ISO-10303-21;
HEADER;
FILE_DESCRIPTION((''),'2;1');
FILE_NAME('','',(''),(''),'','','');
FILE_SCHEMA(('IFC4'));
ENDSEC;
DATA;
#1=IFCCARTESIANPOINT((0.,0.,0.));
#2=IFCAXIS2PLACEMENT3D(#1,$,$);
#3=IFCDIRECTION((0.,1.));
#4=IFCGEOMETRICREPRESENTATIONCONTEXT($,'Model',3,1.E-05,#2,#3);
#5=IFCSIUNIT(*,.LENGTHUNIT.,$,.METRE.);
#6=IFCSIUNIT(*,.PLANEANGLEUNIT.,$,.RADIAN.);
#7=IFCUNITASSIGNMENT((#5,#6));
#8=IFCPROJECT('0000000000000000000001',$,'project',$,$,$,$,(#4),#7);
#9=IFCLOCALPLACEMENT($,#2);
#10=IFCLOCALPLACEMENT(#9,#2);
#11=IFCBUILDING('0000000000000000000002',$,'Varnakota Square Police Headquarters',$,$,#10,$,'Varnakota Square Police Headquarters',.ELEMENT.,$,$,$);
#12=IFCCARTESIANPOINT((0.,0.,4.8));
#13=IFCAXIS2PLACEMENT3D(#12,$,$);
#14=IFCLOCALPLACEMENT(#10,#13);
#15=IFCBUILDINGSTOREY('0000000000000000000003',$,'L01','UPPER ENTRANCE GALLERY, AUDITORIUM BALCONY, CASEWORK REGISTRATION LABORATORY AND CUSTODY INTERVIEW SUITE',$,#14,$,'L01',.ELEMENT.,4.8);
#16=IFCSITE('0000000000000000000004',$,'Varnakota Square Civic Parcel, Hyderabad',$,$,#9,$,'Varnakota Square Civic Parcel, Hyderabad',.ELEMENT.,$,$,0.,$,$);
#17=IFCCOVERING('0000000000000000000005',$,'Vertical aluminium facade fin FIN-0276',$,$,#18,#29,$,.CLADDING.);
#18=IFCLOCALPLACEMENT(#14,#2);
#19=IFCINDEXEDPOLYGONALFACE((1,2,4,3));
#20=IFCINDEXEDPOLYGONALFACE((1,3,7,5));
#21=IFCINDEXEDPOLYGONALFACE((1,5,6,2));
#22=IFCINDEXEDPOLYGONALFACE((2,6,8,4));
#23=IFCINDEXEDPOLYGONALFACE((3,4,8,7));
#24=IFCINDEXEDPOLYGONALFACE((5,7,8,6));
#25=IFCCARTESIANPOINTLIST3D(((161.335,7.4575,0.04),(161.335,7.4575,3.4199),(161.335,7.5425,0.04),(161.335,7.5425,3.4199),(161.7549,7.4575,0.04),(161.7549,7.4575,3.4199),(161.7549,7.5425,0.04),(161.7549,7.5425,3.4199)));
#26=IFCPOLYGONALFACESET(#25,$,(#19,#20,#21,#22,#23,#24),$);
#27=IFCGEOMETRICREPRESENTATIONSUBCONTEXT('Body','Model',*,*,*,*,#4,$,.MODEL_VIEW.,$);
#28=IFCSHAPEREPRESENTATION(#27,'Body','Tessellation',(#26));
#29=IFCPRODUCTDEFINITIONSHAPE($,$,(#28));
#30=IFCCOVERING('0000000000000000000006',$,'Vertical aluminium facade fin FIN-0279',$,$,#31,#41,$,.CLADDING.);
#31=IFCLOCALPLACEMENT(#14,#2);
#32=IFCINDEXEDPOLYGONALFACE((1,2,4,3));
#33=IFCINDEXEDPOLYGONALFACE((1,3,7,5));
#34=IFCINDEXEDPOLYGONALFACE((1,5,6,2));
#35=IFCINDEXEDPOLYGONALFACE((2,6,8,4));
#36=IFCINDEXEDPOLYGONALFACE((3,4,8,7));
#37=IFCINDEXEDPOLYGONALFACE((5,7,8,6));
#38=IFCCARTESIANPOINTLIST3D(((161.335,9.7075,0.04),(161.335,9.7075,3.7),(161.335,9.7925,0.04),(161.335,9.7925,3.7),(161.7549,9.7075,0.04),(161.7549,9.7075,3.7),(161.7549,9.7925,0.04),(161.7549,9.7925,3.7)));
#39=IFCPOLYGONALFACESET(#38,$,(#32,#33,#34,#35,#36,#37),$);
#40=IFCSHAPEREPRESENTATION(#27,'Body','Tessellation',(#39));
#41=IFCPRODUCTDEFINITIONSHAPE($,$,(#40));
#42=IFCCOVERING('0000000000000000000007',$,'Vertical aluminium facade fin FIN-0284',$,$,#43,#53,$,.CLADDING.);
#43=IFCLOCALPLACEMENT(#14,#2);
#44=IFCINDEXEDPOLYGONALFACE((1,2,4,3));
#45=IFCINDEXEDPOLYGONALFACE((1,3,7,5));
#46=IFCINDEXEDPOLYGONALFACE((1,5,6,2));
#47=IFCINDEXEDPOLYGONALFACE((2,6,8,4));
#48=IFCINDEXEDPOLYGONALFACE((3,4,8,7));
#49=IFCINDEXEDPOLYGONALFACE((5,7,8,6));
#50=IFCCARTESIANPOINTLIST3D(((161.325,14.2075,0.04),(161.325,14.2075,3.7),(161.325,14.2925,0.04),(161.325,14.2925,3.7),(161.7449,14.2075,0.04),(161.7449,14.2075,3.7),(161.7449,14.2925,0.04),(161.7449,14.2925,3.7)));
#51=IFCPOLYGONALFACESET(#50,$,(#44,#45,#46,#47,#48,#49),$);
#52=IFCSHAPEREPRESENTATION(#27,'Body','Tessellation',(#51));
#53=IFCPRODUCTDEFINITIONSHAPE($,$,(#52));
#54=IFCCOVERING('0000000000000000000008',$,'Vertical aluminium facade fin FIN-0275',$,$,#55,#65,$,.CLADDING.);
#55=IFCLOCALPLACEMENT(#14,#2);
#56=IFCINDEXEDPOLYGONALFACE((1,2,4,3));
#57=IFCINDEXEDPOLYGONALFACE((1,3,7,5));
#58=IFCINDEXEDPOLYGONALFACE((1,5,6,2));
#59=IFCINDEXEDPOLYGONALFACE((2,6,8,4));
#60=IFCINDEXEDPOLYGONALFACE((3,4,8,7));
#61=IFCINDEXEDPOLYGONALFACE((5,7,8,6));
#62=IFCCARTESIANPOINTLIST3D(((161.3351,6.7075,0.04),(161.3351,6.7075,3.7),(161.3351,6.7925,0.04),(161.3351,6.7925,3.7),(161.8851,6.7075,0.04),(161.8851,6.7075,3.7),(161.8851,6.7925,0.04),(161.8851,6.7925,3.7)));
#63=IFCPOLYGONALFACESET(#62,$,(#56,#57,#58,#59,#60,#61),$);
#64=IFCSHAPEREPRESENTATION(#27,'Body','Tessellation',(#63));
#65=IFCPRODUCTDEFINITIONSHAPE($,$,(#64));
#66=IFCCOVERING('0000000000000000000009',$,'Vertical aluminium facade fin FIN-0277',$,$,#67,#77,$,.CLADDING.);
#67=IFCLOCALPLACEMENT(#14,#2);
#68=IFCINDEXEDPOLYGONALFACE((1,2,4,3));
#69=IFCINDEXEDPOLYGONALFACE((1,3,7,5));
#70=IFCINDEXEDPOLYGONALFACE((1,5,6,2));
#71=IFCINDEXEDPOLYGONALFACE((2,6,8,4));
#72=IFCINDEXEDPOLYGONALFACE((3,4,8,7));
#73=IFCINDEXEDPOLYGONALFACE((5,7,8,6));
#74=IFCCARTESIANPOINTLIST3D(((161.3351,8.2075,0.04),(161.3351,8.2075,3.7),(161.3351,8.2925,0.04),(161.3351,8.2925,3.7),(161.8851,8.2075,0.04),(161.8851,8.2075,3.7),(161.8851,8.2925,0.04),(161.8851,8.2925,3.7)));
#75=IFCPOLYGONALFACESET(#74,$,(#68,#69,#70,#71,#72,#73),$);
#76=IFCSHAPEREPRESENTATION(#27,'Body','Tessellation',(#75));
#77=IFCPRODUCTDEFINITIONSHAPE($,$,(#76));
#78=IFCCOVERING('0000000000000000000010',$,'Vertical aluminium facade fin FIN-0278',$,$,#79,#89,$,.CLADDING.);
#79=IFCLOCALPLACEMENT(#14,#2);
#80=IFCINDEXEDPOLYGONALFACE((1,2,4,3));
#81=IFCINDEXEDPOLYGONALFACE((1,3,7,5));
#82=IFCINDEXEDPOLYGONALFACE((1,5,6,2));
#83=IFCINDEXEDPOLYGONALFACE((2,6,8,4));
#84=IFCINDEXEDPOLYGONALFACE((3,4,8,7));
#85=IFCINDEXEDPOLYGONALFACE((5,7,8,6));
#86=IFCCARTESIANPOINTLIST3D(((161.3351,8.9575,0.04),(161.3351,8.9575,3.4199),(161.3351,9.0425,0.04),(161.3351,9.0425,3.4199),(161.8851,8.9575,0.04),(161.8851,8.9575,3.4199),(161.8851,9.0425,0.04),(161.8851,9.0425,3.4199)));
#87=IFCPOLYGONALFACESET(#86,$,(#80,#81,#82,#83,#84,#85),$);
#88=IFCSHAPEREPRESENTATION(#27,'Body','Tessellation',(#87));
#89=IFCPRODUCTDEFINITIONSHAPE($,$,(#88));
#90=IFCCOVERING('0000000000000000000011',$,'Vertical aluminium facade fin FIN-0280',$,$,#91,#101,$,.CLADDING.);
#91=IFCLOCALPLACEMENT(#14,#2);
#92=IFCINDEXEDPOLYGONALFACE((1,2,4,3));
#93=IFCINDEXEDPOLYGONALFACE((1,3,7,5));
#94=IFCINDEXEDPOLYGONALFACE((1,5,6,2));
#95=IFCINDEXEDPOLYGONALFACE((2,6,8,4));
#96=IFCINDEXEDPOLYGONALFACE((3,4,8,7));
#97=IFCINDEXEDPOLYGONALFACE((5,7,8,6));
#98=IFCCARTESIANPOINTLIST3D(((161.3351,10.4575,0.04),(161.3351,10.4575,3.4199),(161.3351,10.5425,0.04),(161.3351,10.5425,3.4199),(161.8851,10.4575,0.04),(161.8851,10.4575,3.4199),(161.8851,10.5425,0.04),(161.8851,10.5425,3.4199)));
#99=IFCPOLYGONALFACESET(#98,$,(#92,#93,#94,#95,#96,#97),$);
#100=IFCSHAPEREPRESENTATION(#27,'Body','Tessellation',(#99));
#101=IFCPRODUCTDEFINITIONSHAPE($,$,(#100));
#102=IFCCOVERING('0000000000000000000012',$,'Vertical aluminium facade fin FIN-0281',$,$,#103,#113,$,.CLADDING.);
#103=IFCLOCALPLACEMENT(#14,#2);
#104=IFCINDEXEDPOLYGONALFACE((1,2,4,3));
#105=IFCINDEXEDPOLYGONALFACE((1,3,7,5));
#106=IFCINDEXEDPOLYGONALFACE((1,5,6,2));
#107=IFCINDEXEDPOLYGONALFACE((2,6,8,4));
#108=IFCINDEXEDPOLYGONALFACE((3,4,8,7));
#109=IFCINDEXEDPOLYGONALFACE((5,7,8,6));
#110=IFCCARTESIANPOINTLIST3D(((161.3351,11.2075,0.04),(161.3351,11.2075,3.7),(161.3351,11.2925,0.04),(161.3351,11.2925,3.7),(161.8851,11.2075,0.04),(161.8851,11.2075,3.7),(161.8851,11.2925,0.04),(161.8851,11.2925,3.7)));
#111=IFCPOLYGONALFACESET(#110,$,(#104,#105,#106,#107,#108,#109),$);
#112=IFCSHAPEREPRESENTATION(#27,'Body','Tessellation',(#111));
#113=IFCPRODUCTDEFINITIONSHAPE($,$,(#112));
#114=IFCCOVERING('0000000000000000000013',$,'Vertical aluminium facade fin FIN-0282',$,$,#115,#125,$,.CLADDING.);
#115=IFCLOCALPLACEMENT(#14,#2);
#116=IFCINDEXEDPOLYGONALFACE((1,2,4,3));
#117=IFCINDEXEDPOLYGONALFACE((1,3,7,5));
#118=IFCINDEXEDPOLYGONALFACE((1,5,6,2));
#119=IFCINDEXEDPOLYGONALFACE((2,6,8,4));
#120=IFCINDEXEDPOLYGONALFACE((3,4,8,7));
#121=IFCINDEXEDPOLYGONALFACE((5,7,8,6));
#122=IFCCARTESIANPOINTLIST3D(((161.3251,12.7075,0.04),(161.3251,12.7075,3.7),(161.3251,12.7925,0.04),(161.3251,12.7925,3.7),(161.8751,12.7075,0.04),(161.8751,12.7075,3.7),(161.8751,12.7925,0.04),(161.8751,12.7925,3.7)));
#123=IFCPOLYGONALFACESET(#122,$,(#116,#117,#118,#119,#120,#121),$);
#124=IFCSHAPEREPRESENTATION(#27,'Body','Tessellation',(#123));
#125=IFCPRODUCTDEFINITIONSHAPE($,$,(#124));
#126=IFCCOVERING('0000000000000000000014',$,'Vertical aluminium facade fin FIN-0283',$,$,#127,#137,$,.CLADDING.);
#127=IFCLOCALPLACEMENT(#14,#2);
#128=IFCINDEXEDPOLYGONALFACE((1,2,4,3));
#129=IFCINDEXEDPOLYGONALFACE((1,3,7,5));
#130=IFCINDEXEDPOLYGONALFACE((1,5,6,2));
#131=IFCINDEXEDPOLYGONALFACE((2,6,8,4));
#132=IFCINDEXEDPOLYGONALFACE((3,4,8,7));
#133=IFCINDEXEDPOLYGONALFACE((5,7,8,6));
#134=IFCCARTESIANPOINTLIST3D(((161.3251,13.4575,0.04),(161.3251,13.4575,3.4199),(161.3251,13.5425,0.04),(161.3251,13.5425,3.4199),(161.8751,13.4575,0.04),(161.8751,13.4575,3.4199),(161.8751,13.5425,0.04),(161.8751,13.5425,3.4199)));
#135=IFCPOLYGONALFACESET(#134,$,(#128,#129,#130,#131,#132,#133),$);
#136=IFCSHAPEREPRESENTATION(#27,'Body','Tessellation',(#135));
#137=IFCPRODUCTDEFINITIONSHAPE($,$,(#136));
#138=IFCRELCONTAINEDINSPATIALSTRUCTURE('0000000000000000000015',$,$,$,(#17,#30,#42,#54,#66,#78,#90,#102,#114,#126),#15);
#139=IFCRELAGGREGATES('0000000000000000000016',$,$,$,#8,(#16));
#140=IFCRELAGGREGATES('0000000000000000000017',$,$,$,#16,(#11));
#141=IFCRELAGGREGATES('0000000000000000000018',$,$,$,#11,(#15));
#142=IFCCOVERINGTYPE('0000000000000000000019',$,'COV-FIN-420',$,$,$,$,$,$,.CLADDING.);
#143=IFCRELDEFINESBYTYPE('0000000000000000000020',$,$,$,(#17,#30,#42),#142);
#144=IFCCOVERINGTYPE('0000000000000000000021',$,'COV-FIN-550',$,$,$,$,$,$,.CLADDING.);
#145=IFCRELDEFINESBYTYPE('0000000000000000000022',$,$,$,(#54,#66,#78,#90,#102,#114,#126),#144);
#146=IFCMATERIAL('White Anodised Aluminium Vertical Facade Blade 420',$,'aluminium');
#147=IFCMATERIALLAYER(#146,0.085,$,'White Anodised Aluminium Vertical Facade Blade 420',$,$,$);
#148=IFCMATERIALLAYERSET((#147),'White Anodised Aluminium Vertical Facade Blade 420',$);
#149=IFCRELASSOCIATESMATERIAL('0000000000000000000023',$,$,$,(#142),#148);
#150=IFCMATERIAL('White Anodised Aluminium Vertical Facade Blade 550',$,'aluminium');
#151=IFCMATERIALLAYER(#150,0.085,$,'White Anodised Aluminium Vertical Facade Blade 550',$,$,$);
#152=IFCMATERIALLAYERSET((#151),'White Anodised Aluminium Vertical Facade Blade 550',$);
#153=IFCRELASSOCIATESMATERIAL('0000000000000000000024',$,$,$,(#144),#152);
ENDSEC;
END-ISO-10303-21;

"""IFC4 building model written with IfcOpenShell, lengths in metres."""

from ifc_helpers import new_model, si_unit, direction, frame, origin, origin_2d, place, context, subcontext, project, spatial, rectangle, extrude, material, layer, layer_set, type_object, element, save


model = new_model("IFC4")

# Units and contexts
model_context = context("Model", 3, precision=1e-05, world=origin(), true_north=direction((0.0, 1.0)))
body_context = subcontext(model_context, "Body", "Model", "MODEL_VIEW")
ifc_project = project(units=[si_unit("LENGTHUNIT", "METRE"), si_unit("PLANEANGLEUNIT", "RADIAN")], contexts=[model_context])

# Site, building, storey
site_placement = place(None, origin())
site = spatial("IfcSite", under=ifc_project, at=site_placement, Name="Varnakota Square Civic Parcel, Hyderabad", LongName="Varnakota Square Civic Parcel, Hyderabad", CompositionType="ELEMENT", RefElevation=0.0)
building_placement = place(site_placement, origin())
building = spatial("IfcBuilding", under=site, at=building_placement, Name="Varnakota Square Police Headquarters", LongName="Varnakota Square Police Headquarters", CompositionType="ELEMENT")
storey_placement = place(building_placement, frame((0.0, 0.0, 4.8)))
storey = spatial("IfcBuildingStorey", under=building, at=storey_placement, Name="L01", Description="UPPER ENTRANCE GALLERY, AUDITORIUM BALCONY, CASEWORK REGISTRATION LABORATORY AND CUSTODY INTERVIEW SUITE", LongName="L01", CompositionType="ELEMENT", Elevation=4.8)

# Coverings
ifc_material_1 = material(Name="White Anodised Aluminium Vertical Facade Blade 420", Category="aluminium")
ifc_layer_1 = layer(ifc_material_1, 0.085, Name="White Anodised Aluminium Vertical Facade Blade 420")
ifc_layer_set_1 = layer_set([ifc_layer_1], Name="White Anodised Aluminium Vertical Facade Blade 420")
covering_type_1 = type_object("IfcCoveringType", Name="COV-FIN-420", PredefinedType="CLADDING", material=ifc_layer_set_1)
covering_1_placement = place(storey_placement, frame((161.5449, 7.5, 0.04), z_axis=(0.0, 0.0, 1.0), x_axis=(0.0, 1.0, 0.0)))
element("IfcCovering", 1, at=covering_1_placement, inside=storey, type_object=covering_type_1, Name="Vertical aluminium facade fin FIN-0276", PredefinedType="CLADDING", context=body_context, shape_type="SweptSolid", body=[
    extrude(rectangle(XDim=0.085, YDim=0.4199, at=origin_2d()), origin(), (0.0, 0.0, 1.0), 3.3799),
])
for number, where, z_axis, x_axis, name in (
    (2, (161.5449, 9.75, 0.04), (0.0, 0.0, 1.0), (0.0, 1.0, 0.0), "Vertical aluminium facade fin FIN-0279"),
    (3, (161.5349, 14.25, 0.04), (0.0, 0.0, 1.0), (0.0, 1.0, 0.0), "Vertical aluminium facade fin FIN-0284"),
):
    element("IfcCovering", number, at=place(storey_placement, frame(where, z_axis=z_axis, x_axis=x_axis)), inside=storey, type_object=covering_type_1, Name=name, PredefinedType="CLADDING", context=body_context, shape_type="SweptSolid", body=[
        extrude(rectangle(XDim=0.085, YDim=0.4199, at=origin_2d()), origin(), (0.0, 0.0, 1.0), 3.6599),
    ])
ifc_material_2 = material(Name="White Anodised Aluminium Vertical Facade Blade 550", Category="aluminium")
ifc_layer_2 = layer(ifc_material_2, 0.085, Name="White Anodised Aluminium Vertical Facade Blade 550")
ifc_layer_set_2 = layer_set([ifc_layer_2], Name="White Anodised Aluminium Vertical Facade Blade 550")
covering_type_2 = type_object("IfcCoveringType", Name="COV-FIN-550", PredefinedType="CLADDING", material=ifc_layer_set_2)
for number, where, z_axis, x_axis, name in (
    (4, (161.6101, 6.75, 0.04), (0.0, 0.0, 1.0), (0.0, 1.0, 0.0), "Vertical aluminium facade fin FIN-0275"),
    (5, (161.6101, 8.25, 0.04), (0.0, 0.0, 1.0), (0.0, 1.0, 0.0), "Vertical aluminium facade fin FIN-0277"),
):
    element("IfcCovering", number, at=place(storey_placement, frame(where, z_axis=z_axis, x_axis=x_axis)), inside=storey, type_object=covering_type_2, Name=name, PredefinedType="CLADDING", context=body_context, shape_type="SweptSolid", body=[
        extrude(rectangle(XDim=0.085, YDim=0.55, at=origin_2d()), origin(), (0.0, 0.0, 1.0), 3.6599),
    ])
for number, where, z_axis, x_axis, name in (
    (6, (161.6101, 9.0, 0.04), (0.0, 0.0, 1.0), (0.0, 1.0, 0.0), "Vertical aluminium facade fin FIN-0278"),
    (7, (161.6101, 10.5, 0.04), (0.0, 0.0, 1.0), (0.0, 1.0, 0.0), "Vertical aluminium facade fin FIN-0280"),
):
    element("IfcCovering", number, at=place(storey_placement, frame(where, z_axis=z_axis, x_axis=x_axis)), inside=storey, type_object=covering_type_2, Name=name, PredefinedType="CLADDING", context=body_context, shape_type="SweptSolid", body=[
        extrude(rectangle(XDim=0.085, YDim=0.55, at=origin_2d()), origin(), (0.0, 0.0, 1.0), 3.3799),
    ])
for number, where, z_axis, x_axis, name in (
    (8, (161.6101, 11.25, 0.04), (0.0, 0.0, 1.0), (0.0, 1.0, 0.0), "Vertical aluminium facade fin FIN-0281"),
    (9, (161.6001, 12.75, 0.04), (0.0, 0.0, 1.0), (0.0, 1.0, 0.0), "Vertical aluminium facade fin FIN-0282"),
):
    element("IfcCovering", number, at=place(storey_placement, frame(where, z_axis=z_axis, x_axis=x_axis)), inside=storey, type_object=covering_type_2, Name=name, PredefinedType="CLADDING", context=body_context, shape_type="SweptSolid", body=[
        extrude(rectangle(XDim=0.085, YDim=0.55, at=origin_2d()), origin(), (0.0, 0.0, 1.0), 3.6599),
    ])
covering_2_placement = place(storey_placement, frame((161.6001, 13.5, 0.04), z_axis=(0.0, 0.0, 1.0), x_axis=(0.0, 1.0, 0.0)))
element("IfcCovering", 10, at=covering_2_placement, inside=storey, type_object=covering_type_2, Name="Vertical aluminium facade fin FIN-0283", PredefinedType="CLADDING", context=body_context, shape_type="SweptSolid", body=[
    extrude(rectangle(XDim=0.085, YDim=0.55, at=origin_2d()), origin(), (0.0, 0.0, 1.0), 3.3799),
])

save(model, "model.ifc")
